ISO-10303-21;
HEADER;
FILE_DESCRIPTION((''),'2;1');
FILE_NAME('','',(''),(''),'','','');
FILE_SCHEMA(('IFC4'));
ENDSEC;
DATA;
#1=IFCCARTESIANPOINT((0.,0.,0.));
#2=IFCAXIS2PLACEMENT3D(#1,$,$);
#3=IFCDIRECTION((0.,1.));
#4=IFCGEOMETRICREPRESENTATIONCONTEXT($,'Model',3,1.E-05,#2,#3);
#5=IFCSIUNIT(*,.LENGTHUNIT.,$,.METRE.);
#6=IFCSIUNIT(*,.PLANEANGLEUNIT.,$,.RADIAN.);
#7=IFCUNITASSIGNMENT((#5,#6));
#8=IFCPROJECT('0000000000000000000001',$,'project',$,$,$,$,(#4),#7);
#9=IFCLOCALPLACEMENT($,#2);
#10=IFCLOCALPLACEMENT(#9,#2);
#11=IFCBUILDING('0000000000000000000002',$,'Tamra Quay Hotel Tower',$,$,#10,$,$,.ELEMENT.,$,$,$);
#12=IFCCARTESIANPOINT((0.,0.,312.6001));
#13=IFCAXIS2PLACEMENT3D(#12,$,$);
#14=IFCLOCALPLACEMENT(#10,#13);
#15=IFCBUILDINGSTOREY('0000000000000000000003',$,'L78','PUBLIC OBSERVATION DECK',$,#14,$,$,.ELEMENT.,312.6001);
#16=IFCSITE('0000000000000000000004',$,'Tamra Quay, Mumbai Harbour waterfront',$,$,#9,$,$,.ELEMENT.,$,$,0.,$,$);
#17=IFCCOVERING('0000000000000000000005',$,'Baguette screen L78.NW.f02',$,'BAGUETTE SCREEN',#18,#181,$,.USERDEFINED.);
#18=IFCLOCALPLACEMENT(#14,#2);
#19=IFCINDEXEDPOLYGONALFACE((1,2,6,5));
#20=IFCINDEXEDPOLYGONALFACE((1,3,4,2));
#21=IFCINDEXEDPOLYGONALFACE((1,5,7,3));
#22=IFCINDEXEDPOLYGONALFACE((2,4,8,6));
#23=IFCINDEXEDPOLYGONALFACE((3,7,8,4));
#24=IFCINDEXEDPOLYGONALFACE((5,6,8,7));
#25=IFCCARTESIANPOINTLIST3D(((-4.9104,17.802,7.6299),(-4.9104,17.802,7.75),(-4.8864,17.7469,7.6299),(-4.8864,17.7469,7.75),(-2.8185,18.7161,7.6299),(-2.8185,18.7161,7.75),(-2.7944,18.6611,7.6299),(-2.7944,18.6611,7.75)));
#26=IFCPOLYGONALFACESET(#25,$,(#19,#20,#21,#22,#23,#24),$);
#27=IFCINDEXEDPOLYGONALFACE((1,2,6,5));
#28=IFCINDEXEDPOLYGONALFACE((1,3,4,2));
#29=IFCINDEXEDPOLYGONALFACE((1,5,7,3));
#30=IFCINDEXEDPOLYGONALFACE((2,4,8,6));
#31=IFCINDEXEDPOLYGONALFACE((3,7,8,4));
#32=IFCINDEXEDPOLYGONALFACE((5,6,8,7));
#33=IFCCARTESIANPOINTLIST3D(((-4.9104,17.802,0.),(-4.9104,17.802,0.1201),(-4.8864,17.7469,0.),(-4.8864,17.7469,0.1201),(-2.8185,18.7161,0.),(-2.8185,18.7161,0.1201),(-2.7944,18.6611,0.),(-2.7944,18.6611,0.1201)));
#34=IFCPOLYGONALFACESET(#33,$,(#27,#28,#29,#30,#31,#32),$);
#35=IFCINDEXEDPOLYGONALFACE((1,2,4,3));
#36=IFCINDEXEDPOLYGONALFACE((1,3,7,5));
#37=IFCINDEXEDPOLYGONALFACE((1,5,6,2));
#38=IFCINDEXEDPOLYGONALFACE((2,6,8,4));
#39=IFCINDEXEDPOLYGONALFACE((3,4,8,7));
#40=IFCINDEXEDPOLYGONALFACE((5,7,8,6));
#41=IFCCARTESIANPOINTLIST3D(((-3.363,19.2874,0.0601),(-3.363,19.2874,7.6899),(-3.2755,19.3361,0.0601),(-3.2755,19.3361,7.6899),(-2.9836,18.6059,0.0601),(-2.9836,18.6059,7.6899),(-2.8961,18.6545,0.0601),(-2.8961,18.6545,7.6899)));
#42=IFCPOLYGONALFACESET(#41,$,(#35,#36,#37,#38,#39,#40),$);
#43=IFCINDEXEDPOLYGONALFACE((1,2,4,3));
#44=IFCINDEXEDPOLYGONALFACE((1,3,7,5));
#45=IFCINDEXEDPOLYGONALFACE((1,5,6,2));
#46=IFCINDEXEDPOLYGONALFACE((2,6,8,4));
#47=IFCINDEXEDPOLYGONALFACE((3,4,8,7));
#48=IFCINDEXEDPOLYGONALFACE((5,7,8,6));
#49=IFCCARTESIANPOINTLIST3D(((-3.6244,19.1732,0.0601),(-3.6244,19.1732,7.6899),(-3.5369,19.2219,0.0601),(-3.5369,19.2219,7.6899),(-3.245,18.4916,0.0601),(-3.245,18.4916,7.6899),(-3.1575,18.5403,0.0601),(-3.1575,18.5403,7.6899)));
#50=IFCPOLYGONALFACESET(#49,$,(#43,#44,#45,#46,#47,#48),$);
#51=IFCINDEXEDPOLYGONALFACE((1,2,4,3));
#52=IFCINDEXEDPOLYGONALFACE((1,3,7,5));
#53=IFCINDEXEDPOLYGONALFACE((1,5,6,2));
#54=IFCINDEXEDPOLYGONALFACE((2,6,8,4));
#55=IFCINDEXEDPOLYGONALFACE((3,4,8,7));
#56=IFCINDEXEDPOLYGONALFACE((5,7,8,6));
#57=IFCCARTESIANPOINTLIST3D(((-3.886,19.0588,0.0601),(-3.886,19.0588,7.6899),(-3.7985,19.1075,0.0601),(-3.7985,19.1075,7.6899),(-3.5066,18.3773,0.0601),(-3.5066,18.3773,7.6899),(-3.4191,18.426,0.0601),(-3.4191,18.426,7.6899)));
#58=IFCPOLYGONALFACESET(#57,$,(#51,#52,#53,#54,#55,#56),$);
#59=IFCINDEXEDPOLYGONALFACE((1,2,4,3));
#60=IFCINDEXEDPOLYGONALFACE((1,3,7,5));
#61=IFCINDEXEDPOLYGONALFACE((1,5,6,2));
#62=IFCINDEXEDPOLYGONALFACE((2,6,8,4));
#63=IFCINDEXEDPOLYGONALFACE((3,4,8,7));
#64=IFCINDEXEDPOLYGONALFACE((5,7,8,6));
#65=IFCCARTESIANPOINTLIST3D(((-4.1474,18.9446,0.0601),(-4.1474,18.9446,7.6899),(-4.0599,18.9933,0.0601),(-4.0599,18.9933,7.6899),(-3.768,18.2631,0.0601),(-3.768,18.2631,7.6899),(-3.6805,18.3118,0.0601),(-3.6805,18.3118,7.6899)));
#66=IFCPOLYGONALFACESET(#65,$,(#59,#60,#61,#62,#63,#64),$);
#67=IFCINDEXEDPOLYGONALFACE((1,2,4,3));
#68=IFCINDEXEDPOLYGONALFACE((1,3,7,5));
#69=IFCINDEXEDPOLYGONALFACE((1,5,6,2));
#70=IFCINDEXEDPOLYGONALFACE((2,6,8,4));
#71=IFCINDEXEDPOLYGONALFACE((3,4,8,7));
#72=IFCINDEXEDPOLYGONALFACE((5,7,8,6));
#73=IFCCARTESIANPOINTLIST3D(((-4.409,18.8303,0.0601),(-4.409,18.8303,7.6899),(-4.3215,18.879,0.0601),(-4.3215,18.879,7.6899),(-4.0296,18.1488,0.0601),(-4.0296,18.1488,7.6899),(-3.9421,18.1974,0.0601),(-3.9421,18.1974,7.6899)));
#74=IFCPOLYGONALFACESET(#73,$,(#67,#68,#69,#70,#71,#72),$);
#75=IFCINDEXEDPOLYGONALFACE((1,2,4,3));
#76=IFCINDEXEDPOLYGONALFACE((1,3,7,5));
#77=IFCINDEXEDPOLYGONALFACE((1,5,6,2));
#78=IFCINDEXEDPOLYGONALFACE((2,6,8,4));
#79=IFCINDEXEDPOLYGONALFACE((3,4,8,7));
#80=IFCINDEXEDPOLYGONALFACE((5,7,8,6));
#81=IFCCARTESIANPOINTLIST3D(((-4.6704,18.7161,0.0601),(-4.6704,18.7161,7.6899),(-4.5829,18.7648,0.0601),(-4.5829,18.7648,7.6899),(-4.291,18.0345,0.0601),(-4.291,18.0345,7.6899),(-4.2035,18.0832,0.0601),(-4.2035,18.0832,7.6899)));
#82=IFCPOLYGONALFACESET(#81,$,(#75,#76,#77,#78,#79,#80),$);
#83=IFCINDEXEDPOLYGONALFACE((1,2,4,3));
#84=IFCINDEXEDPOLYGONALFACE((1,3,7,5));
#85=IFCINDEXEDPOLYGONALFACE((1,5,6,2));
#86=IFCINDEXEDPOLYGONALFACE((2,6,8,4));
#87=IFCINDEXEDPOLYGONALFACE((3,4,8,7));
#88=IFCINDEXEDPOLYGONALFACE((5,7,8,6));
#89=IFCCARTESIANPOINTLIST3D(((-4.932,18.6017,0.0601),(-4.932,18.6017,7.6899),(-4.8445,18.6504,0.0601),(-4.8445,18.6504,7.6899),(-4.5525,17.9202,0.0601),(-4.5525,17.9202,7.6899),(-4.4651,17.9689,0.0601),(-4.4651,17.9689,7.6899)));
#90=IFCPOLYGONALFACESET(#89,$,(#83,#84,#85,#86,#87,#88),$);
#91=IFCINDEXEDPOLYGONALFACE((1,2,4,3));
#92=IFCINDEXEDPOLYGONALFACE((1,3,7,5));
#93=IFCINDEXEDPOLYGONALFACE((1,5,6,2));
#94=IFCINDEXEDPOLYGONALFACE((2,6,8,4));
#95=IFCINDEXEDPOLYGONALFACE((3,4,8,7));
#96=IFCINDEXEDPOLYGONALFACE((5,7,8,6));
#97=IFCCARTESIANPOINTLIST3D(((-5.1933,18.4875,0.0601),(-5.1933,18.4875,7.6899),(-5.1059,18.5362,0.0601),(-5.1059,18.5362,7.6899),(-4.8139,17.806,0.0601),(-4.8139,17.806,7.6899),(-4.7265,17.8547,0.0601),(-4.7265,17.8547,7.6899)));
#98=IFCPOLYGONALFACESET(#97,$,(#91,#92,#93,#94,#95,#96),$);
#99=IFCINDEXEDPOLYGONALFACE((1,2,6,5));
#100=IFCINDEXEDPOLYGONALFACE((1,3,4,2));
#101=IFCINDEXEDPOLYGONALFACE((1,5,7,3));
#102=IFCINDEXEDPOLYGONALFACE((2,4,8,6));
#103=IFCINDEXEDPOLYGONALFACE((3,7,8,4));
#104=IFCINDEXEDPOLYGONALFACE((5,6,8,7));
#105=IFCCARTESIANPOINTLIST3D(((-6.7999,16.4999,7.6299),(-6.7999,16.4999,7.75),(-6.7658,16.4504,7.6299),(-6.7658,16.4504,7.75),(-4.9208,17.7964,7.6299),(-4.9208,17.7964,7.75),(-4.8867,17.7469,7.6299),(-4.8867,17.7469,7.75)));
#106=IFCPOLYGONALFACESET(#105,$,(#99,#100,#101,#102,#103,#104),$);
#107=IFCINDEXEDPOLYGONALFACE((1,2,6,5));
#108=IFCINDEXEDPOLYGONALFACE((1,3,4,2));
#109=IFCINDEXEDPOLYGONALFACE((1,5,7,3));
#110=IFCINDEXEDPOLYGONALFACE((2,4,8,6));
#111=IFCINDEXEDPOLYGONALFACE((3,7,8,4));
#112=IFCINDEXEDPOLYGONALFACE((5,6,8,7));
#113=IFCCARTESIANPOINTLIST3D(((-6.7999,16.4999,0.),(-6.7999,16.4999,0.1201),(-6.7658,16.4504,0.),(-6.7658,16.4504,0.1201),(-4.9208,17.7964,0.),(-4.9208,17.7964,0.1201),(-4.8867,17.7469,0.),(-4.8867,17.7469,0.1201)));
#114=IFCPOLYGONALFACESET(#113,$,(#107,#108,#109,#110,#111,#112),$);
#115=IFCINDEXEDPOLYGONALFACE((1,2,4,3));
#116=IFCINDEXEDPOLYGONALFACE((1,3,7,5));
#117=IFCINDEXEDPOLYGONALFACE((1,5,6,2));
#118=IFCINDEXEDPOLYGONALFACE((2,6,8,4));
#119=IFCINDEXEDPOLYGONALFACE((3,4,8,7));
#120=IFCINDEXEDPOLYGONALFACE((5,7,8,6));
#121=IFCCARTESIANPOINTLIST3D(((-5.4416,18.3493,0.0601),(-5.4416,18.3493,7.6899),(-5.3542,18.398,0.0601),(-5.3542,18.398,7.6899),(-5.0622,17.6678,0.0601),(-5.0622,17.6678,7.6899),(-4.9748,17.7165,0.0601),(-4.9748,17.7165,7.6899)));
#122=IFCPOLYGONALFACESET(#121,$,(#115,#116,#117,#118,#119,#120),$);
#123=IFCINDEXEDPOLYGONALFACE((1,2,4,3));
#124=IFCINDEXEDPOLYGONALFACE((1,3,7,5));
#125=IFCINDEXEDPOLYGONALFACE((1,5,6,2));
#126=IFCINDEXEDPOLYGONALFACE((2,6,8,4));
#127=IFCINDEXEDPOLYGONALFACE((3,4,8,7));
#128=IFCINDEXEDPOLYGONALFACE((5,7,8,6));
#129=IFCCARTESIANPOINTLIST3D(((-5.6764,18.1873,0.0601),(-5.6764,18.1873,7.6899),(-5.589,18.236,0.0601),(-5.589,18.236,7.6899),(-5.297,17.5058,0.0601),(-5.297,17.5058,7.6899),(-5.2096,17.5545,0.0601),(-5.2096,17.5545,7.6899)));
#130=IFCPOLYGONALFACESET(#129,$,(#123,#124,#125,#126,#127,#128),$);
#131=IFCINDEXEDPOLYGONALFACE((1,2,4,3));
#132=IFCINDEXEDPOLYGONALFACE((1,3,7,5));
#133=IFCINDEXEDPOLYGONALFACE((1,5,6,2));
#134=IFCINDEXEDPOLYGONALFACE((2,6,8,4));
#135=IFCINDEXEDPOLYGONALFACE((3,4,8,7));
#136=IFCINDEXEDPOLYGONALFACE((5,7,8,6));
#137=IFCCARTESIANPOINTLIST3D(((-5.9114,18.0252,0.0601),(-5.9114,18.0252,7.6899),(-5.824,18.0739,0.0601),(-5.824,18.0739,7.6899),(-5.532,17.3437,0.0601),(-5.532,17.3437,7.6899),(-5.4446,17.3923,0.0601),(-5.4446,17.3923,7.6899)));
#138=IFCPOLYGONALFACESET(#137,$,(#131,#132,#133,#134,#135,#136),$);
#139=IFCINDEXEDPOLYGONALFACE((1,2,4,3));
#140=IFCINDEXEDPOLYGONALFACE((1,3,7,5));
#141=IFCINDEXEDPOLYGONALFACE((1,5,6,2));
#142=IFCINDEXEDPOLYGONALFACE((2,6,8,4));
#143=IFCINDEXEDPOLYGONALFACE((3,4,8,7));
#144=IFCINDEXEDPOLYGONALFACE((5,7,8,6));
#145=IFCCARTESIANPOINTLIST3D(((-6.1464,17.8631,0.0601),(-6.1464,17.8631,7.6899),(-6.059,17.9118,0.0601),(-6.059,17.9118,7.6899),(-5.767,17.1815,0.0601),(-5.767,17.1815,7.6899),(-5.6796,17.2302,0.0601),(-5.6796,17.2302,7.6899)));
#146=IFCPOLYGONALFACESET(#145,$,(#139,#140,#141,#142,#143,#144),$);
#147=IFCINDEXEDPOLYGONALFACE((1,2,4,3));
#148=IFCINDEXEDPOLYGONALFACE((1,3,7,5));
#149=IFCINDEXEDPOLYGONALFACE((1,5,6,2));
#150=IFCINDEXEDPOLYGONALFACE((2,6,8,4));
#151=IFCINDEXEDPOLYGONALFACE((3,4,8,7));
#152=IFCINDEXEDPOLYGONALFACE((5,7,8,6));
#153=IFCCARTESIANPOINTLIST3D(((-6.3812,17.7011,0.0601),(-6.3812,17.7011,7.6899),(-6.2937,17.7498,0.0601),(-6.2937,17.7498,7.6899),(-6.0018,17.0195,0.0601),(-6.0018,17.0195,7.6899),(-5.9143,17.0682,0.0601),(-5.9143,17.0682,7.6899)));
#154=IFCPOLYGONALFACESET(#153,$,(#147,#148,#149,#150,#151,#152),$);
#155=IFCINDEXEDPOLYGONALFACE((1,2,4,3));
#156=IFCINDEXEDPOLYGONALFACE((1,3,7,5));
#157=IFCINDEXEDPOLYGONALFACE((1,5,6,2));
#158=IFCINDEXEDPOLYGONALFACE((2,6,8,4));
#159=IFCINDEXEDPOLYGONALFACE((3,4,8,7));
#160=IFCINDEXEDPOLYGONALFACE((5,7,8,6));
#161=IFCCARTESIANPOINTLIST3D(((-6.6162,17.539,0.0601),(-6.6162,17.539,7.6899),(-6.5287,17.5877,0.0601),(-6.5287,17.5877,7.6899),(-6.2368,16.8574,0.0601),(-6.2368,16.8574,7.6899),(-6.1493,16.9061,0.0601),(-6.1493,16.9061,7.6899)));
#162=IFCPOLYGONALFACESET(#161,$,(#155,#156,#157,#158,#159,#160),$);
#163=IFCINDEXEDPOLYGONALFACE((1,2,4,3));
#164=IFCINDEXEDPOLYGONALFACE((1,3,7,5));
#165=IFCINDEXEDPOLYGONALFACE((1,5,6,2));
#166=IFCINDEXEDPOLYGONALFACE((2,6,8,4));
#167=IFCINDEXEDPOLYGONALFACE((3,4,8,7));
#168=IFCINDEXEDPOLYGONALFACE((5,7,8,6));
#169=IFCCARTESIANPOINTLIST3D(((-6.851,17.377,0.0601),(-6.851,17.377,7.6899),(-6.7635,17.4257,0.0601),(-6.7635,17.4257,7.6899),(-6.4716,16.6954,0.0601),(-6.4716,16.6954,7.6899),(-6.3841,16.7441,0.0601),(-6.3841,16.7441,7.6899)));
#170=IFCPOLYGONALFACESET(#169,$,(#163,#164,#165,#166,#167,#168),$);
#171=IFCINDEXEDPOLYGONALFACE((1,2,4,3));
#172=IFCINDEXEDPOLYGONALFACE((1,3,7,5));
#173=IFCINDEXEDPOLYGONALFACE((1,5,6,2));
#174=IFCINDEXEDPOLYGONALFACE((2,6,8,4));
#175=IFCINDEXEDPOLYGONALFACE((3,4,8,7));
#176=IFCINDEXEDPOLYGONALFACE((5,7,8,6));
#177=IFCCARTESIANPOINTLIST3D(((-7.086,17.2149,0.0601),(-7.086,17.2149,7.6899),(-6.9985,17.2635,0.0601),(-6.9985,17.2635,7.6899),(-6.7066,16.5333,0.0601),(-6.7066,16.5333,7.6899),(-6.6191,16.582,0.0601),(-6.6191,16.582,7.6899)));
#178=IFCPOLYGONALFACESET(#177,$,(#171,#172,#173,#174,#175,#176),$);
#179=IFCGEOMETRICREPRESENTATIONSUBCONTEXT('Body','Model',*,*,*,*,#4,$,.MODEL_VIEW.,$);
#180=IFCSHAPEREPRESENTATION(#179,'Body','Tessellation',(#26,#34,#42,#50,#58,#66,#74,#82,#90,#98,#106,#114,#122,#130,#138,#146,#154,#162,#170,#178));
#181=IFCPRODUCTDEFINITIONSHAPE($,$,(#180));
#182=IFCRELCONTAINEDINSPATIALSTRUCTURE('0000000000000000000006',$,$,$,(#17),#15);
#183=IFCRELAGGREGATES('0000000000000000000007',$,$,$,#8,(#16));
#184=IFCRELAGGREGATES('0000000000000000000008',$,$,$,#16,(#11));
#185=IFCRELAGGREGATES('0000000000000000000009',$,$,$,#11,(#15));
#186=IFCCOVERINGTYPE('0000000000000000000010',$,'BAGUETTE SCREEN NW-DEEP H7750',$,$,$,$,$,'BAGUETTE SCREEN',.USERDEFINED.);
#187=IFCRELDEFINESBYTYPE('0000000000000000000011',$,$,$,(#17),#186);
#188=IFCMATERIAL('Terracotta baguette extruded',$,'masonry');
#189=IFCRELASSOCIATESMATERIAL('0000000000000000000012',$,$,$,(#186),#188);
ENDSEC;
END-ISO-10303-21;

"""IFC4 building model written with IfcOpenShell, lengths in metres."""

from ifc_helpers import new_model, si_unit, direction, frame, frame_2d, origin, place, context, subcontext, project, spatial, rectangle, extrude, source, transform, mapped, material, type_object, element, save


model = new_model("IFC4")

# Units and contexts
model_context = context("Model", 3, precision=1e-05, world=origin(), true_north=direction((0.0, 1.0)))
body_context = subcontext(model_context, "Body", "Model", "MODEL_VIEW")
ifc_project = project(units=[si_unit("LENGTHUNIT", "METRE"), si_unit("PLANEANGLEUNIT", "RADIAN")], contexts=[model_context])

# Site, building, storey
site_placement = place(None, origin())
site = spatial("IfcSite", under=ifc_project, at=site_placement, Name="Tamra Quay, Mumbai Harbour waterfront", CompositionType="ELEMENT", RefElevation=0.0)
building_placement = place(site_placement, origin())
building = spatial("IfcBuilding", under=site, at=building_placement, Name="Tamra Quay Hotel Tower", CompositionType="ELEMENT")
storey_placement = place(building_placement, frame((0.0, 0.0, 312.6001)))
storey = spatial("IfcBuildingStorey", under=building, at=storey_placement, Name="L78", Description="PUBLIC OBSERVATION DECK", CompositionType="ELEMENT", Elevation=312.6001)

# Covering
ifc_material_1 = material(Name="Terracotta baguette extruded", Category="masonry")
covering_type_1 = type_object("IfcCoveringType", Name="BAGUETTE SCREEN NW-DEEP H7750", ElementType="BAGUETTE SCREEN", PredefinedType="USERDEFINED", material=ifc_material_1)
shared_shape_1 = source(origin(), body_context, "Body", "SweptSolid", [
    extrude(rectangle(XDim=2.283, YDim=0.0601, at=frame_2d((1.1416, 0.03))), frame((-2.2783, -0.0576, -0.1201), z_axis=(0.0, 0.0, 1.0), x_axis=(0.995396, -0.095846, 0.0)), (0.0, 0.0, 1.0), 0.1201),
    extrude(rectangle(XDim=2.283, YDim=0.0601, at=frame_2d((1.1416, 0.03))), frame((-2.2783, -0.0576, -7.75), z_axis=(0.0, 0.0, 1.0), x_axis=(0.995396, -0.095846, 0.0)), (0.0, 0.0, 1.0), 0.1201),
    extrude(rectangle(XDim=0.1001, YDim=0.78, at=frame_2d((0.05, 0.3901))), frame((-2.1804, -0.8218, -7.6899)), (0.0, 0.0, 1.0), 7.6299),
    extrude(rectangle(XDim=0.1001, YDim=0.78, at=frame_2d((0.05, 0.3901))), frame((-1.8965, -0.8491, -7.6899)), (0.0, 0.0, 1.0), 7.6299),
    extrude(rectangle(XDim=0.1001, YDim=0.78, at=frame_2d((0.05, 0.3901))), frame((-1.6123, -0.8765, -7.6899)), (0.0, 0.0, 1.0), 7.6299),
    extrude(rectangle(XDim=0.1001, YDim=0.78, at=frame_2d((0.05, 0.3901))), frame((-1.3284, -0.9038, -7.6899)), (0.0, 0.0, 1.0), 7.6299),
    extrude(rectangle(XDim=0.1001, YDim=0.78, at=frame_2d((0.05, 0.3901))), frame((-1.0442, -0.9312, -7.6899)), (0.0, 0.0, 1.0), 7.6299),
    extrude(rectangle(XDim=0.1001, YDim=0.78, at=frame_2d((0.05, 0.3901))), frame((-0.7603, -0.9585, -7.6899)), (0.0, 0.0, 1.0), 7.6299),
    extrude(rectangle(XDim=0.1001, YDim=0.78, at=frame_2d((0.05, 0.3901))), frame((-0.4761, -0.9858, -7.6899)), (0.0, 0.0, 1.0), 7.6299),
    extrude(rectangle(XDim=0.1001, YDim=0.78, at=frame_2d((0.05, 0.3901))), frame((-0.1921, -1.0132, -7.6899)), (0.0, 0.0, 1.0), 7.6299),
    extrude(rectangle(XDim=2.283, YDim=0.0601, at=frame_2d((1.1416, 0.03))), frame((0.0059, -0.2766, -0.1201), z_axis=(0.0, 0.0, 1.0), x_axis=(0.995396, 0.095846, 0.0)), (0.0, 0.0, 1.0), 0.1201),
    extrude(rectangle(XDim=2.283, YDim=0.0601, at=frame_2d((1.1416, 0.03))), frame((0.0059, -0.2766, -7.75), z_axis=(0.0, 0.0, 1.0), x_axis=(0.995396, 0.095846, 0.0)), (0.0, 0.0, 1.0), 0.1201),
    extrude(rectangle(XDim=0.1001, YDim=0.78, at=frame_2d((0.05, 0.3901))), frame((0.092, -1.0132, -7.6899)), (0.0, 0.0, 1.0), 7.6299),
    extrude(rectangle(XDim=0.1001, YDim=0.78, at=frame_2d((0.05, 0.3901))), frame((0.376, -0.9858, -7.6899)), (0.0, 0.0, 1.0), 7.6299),
    extrude(rectangle(XDim=0.1001, YDim=0.78, at=frame_2d((0.05, 0.3901))), frame((0.6602, -0.9585, -7.6899)), (0.0, 0.0, 1.0), 7.6299),
    extrude(rectangle(XDim=0.1001, YDim=0.78, at=frame_2d((0.05, 0.3901))), frame((0.9443, -0.9312, -7.6899)), (0.0, 0.0, 1.0), 7.6299),
    extrude(rectangle(XDim=0.1001, YDim=0.78, at=frame_2d((0.05, 0.3901))), frame((1.2283, -0.9038, -7.6899)), (0.0, 0.0, 1.0), 7.6299),
    extrude(rectangle(XDim=0.1001, YDim=0.78, at=frame_2d((0.05, 0.3901))), frame((1.5125, -0.8765, -7.6899)), (0.0, 0.0, 1.0), 7.6299),
    extrude(rectangle(XDim=0.1001, YDim=0.78, at=frame_2d((0.05, 0.3901))), frame((1.7964, -0.8491, -7.6899)), (0.0, 0.0, 1.0), 7.6299),
    extrude(rectangle(XDim=0.1001, YDim=0.78, at=frame_2d((0.05, 0.3901))), frame((2.0806, -0.8218, -7.6899)), (0.0, 0.0, 1.0), 7.6299),
])
for number, where, z_axis, x_axis, name in (
    (1, (-4.781, 17.5576, 7.75), (0.0, 0.0, 1.0), (-0.873736, -0.486401, 0.0), "Baguette screen L78.NW.f02"),
):
    element("IfcCovering", number, at=place(storey_placement, frame(where, z_axis=z_axis, x_axis=x_axis)), inside=storey, type_object=covering_type_1, Name=name, ObjectType="BAGUETTE SCREEN", PredefinedType="USERDEFINED", context=body_context, shape_type="MappedRepresentation", body=[
        mapped(shared_shape_1, transform((0.0, 0.0, 0.0), scale=1.0)),
    ])

save(model, "model.ifc")
